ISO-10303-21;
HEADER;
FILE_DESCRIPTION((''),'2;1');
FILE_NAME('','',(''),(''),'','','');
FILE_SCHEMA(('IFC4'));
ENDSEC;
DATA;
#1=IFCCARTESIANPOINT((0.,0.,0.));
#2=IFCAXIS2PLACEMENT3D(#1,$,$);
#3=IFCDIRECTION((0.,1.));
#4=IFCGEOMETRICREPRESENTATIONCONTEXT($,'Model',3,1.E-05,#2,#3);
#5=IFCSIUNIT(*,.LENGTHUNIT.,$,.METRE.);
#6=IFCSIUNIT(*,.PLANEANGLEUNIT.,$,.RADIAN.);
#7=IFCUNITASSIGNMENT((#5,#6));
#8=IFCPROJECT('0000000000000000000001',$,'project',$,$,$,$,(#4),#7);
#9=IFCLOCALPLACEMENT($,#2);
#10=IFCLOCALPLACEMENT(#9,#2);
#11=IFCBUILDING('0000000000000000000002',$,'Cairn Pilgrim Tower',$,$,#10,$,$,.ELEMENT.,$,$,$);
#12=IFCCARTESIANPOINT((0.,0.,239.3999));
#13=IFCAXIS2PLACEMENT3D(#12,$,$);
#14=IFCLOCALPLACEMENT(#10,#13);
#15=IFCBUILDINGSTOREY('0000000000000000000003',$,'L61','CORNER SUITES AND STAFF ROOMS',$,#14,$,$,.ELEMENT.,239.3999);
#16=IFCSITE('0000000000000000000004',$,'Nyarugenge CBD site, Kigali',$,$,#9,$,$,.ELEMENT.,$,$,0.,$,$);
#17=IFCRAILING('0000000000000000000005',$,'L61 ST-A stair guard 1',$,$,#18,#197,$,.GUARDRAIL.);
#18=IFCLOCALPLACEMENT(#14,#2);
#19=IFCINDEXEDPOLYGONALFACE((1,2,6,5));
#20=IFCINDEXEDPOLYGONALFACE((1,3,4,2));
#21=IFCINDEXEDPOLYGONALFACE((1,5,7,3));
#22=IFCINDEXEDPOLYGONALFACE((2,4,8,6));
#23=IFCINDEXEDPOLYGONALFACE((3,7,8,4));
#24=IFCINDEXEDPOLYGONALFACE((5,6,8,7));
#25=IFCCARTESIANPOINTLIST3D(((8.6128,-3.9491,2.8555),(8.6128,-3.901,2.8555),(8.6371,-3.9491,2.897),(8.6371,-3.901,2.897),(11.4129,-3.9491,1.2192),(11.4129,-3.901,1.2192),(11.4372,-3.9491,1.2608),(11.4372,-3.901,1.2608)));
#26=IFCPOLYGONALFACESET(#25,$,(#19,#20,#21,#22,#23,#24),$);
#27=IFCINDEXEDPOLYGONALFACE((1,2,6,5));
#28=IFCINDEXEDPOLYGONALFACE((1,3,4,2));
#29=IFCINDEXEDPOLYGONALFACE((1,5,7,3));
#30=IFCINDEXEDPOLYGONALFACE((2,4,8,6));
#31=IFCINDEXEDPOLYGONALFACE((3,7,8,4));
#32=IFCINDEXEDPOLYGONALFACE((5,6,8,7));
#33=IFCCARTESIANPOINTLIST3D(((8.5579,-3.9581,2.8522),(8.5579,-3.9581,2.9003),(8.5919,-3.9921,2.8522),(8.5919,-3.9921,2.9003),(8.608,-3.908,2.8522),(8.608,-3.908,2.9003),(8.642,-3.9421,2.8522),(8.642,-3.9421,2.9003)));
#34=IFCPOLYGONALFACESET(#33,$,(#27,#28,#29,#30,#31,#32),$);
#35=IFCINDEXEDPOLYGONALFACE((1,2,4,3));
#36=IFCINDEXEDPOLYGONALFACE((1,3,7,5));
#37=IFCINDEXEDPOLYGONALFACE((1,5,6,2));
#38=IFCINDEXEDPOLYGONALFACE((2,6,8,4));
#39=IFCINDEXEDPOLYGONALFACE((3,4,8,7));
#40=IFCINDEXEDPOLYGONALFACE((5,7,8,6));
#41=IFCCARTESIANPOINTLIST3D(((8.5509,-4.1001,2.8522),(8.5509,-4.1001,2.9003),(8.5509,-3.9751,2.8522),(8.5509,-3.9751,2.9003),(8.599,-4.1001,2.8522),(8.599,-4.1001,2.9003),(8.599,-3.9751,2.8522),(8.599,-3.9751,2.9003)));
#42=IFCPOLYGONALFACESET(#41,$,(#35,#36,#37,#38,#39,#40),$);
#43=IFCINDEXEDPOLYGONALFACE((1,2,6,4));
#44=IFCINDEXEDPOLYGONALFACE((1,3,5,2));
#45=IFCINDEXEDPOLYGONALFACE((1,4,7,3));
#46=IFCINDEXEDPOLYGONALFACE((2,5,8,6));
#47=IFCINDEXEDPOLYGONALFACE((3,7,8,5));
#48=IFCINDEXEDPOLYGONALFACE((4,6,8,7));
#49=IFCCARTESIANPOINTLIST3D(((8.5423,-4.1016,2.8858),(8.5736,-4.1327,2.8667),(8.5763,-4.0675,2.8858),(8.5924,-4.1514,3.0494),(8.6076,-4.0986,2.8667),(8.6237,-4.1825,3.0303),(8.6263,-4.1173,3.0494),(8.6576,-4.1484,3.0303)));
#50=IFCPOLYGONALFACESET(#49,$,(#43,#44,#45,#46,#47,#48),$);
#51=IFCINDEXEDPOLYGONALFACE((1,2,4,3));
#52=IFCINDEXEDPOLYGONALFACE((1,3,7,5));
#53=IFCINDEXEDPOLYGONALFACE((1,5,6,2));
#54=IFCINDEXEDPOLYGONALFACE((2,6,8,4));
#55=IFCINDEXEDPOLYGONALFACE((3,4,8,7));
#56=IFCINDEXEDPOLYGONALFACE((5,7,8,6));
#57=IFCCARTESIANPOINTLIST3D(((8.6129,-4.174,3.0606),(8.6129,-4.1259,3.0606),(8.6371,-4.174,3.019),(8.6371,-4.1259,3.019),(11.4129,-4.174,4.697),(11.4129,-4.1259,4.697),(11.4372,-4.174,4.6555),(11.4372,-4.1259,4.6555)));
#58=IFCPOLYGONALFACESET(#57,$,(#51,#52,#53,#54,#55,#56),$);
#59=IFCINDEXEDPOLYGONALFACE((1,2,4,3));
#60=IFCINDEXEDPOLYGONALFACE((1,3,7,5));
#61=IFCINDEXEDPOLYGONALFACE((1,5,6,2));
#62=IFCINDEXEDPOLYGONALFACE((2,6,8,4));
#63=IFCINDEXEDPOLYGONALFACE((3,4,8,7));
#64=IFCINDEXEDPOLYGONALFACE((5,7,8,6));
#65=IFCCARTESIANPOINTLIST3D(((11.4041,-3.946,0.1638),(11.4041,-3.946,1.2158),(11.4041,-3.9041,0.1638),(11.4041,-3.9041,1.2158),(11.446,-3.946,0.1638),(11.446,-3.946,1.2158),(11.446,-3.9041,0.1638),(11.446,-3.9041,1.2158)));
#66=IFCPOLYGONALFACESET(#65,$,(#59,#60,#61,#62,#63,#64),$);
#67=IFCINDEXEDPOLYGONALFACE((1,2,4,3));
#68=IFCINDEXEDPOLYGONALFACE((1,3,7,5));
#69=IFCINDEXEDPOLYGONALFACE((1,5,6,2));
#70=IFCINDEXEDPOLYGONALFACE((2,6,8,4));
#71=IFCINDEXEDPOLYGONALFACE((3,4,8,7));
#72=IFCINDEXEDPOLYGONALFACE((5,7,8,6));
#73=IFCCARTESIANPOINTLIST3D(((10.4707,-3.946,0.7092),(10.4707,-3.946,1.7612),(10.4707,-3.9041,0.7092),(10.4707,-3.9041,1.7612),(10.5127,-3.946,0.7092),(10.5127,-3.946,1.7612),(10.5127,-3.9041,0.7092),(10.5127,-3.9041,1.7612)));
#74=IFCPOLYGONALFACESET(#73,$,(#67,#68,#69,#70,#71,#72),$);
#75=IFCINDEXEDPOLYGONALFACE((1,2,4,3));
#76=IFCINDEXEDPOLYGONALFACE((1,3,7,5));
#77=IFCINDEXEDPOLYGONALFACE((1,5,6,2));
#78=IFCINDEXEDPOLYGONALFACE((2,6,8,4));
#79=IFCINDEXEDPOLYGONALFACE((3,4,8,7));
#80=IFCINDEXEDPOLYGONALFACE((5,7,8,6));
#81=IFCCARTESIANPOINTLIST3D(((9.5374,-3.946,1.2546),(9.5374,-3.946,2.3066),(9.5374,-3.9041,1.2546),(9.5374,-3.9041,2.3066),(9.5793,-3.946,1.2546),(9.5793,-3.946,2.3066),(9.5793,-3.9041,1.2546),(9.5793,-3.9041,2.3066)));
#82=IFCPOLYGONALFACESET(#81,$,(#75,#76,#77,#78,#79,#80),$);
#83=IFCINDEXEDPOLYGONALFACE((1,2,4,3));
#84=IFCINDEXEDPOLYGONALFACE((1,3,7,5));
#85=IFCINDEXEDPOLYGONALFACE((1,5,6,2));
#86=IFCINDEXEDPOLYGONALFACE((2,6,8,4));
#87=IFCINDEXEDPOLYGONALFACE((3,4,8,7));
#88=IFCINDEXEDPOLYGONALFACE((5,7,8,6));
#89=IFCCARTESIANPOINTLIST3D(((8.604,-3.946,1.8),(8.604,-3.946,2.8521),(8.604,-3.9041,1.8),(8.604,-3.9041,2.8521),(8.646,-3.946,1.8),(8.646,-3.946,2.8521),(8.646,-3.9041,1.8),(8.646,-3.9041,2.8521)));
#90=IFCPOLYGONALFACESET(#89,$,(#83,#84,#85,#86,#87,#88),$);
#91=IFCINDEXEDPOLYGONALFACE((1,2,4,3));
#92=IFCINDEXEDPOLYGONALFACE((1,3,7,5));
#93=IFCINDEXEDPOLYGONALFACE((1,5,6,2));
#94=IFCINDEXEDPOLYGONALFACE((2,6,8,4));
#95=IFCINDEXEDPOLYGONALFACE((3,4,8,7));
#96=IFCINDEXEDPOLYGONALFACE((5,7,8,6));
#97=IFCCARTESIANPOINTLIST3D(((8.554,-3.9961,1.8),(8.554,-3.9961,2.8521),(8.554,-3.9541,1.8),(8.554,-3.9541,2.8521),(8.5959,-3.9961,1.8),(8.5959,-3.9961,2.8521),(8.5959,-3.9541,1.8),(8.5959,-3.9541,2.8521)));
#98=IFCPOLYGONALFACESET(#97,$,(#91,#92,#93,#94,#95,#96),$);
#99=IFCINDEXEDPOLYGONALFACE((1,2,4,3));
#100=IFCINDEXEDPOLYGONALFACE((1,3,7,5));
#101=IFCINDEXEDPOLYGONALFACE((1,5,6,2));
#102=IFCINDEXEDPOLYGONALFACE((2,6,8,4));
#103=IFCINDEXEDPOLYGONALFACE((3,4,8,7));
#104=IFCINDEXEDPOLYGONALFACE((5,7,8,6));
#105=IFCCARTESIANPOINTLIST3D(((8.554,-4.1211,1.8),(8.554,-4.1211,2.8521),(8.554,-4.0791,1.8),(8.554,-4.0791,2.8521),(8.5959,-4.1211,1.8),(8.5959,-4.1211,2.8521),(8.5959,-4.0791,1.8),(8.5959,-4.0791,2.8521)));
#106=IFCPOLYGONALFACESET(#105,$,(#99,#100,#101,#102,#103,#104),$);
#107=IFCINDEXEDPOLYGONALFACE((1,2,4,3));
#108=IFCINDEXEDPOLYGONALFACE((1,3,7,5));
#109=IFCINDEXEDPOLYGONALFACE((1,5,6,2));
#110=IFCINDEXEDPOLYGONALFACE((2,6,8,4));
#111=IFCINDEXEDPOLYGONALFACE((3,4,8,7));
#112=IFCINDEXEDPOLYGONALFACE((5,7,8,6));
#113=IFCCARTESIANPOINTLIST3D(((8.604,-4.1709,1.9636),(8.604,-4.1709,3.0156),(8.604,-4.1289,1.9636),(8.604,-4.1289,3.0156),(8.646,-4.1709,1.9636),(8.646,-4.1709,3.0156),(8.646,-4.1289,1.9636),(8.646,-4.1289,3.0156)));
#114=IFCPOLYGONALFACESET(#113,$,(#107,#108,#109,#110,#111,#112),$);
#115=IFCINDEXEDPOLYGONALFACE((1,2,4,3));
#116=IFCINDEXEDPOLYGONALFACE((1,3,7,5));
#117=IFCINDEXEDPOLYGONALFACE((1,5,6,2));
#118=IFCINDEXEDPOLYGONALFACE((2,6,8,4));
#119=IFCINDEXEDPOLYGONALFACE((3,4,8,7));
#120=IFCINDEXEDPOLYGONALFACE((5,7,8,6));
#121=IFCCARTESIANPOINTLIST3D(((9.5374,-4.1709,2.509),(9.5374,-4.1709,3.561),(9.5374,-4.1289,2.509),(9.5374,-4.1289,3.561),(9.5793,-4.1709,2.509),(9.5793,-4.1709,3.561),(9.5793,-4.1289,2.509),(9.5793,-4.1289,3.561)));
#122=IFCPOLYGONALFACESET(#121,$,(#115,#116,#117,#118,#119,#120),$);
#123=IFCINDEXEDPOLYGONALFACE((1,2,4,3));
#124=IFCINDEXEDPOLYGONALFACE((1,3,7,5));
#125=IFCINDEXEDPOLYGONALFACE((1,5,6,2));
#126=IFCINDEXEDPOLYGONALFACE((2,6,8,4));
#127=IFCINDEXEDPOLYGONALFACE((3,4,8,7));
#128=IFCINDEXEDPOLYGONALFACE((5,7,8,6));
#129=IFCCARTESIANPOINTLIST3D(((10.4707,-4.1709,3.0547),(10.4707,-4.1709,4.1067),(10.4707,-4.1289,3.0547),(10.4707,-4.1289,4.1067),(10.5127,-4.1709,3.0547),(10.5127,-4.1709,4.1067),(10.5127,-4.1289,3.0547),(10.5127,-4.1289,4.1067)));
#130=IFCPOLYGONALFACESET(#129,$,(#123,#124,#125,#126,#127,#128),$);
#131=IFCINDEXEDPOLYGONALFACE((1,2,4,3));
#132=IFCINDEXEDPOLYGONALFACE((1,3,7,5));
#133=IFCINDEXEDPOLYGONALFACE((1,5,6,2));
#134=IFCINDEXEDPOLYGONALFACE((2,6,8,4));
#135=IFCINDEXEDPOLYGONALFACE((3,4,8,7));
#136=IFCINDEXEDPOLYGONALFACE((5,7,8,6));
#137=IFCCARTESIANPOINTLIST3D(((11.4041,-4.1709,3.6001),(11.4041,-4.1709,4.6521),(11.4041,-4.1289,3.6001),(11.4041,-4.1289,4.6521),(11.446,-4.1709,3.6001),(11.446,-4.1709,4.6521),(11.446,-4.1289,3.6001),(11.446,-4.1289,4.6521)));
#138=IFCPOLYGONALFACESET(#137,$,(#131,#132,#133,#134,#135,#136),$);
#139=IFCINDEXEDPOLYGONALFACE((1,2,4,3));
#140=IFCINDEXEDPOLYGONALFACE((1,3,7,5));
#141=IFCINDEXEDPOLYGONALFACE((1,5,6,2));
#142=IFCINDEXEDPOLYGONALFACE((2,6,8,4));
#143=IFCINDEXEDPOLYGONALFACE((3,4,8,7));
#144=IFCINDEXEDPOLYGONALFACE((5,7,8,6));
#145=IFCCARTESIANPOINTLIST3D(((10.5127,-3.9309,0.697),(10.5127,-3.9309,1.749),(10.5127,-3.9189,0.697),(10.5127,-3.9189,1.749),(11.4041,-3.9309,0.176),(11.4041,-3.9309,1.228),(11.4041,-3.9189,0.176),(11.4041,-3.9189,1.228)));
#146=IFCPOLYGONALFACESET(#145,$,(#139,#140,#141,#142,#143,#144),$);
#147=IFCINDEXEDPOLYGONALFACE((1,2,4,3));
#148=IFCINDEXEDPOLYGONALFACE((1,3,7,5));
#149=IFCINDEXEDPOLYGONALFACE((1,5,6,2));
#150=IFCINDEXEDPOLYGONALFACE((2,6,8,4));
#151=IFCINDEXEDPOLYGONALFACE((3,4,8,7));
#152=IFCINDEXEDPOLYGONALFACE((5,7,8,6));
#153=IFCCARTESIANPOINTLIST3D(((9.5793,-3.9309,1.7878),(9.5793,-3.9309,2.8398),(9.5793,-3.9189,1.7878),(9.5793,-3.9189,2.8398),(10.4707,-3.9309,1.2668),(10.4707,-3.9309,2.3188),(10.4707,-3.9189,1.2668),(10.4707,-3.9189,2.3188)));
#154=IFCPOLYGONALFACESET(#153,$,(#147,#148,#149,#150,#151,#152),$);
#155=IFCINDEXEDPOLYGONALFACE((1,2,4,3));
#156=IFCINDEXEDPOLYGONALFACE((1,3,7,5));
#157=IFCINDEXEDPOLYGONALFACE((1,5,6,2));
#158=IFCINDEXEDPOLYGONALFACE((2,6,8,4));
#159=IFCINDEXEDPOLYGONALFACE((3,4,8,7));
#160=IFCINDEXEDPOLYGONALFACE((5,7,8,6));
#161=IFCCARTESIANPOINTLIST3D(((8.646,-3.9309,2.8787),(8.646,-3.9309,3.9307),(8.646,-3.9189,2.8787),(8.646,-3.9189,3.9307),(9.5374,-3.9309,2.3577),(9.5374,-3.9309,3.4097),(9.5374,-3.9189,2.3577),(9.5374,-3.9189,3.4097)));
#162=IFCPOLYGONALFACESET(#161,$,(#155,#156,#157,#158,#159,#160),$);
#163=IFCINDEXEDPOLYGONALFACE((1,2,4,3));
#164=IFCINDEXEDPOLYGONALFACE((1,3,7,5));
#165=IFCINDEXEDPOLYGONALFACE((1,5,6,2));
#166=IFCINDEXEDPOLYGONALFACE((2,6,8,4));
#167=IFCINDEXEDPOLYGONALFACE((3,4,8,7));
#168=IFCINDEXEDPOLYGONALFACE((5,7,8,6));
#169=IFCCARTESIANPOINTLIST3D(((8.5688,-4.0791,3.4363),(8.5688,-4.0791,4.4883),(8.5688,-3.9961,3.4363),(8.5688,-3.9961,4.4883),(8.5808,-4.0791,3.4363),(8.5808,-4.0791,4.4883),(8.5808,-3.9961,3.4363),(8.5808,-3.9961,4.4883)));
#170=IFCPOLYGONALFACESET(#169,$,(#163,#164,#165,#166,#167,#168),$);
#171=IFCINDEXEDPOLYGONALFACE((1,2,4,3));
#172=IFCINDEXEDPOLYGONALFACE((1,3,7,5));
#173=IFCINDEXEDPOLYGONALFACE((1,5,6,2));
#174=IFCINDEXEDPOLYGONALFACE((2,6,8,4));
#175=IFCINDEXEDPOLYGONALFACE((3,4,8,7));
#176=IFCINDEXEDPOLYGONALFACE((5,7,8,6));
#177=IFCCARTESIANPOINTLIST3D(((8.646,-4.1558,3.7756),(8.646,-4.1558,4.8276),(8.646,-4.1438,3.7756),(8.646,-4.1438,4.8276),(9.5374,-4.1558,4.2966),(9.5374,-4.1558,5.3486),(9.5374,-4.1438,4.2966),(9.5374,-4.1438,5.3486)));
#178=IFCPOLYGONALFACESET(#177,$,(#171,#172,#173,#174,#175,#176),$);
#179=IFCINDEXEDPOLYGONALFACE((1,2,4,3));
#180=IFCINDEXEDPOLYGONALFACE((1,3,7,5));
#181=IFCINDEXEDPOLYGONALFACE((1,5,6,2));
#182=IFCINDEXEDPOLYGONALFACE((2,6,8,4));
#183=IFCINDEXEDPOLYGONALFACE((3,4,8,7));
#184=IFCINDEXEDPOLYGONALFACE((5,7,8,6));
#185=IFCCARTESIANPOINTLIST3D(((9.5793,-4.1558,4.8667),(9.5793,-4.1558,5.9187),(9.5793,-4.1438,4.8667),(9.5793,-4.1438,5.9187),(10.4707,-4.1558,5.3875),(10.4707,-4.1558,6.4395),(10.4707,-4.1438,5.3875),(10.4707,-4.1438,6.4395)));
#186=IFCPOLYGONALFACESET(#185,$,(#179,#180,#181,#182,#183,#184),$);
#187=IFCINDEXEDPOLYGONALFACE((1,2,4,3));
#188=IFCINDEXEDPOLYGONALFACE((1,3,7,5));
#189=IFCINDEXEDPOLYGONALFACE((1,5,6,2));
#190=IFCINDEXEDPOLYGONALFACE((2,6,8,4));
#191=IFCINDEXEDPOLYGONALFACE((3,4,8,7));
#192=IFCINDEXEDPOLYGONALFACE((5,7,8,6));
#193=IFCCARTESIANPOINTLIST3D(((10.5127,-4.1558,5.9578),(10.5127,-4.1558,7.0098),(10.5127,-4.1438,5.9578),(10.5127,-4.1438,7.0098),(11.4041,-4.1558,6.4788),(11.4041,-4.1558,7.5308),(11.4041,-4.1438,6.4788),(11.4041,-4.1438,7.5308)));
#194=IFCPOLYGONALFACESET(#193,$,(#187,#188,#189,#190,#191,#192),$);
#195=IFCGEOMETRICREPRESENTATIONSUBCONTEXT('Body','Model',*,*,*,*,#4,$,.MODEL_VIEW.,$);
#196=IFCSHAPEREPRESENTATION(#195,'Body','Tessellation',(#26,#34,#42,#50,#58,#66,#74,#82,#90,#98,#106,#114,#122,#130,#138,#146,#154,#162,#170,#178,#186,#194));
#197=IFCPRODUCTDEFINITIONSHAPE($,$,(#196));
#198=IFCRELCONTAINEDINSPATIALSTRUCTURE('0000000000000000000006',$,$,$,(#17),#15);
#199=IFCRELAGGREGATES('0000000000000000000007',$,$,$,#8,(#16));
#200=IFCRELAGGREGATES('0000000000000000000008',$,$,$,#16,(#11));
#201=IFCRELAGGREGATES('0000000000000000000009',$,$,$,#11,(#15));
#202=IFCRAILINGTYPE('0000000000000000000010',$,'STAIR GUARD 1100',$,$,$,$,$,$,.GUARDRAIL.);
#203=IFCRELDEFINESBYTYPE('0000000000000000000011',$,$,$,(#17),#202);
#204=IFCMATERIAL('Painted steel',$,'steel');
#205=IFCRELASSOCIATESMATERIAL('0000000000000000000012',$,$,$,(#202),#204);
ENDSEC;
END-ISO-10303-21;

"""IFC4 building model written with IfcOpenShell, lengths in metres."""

from ifc_helpers import new_model, si_unit, direction, frame, origin, origin_2d, place, context, subcontext, project, spatial, polyline, rectangle, outline, extrude, material, type_object, element, save


model = new_model("IFC4")

# Units and contexts
model_context = context("Model", 3, precision=1e-05, world=origin(), true_north=direction((0.0, 1.0)))
body_context = subcontext(model_context, "Body", "Model", "MODEL_VIEW")
ifc_project = project(units=[si_unit("LENGTHUNIT", "METRE"), si_unit("PLANEANGLEUNIT", "RADIAN")], contexts=[model_context])

# Site, building, storey
site_placement = place(None, origin())
site = spatial("IfcSite", under=ifc_project, at=site_placement, Name="Nyarugenge CBD site, Kigali", CompositionType="ELEMENT", RefElevation=0.0)
building_placement = place(site_placement, origin())
building = spatial("IfcBuilding", under=site, at=building_placement, Name="Cairn Pilgrim Tower", CompositionType="ELEMENT")
storey_placement = place(building_placement, frame((0.0, 0.0, 239.3999)))
storey = spatial("IfcBuildingStorey", under=building, at=storey_placement, Name="L61", Description="CORNER SUITES AND STAFF ROOMS", CompositionType="ELEMENT", Elevation=239.3999)

# Shared definitions
ifc_material_1 = material(Name="Painted steel", Category="steel")

# Railing
railing_type_1 = type_object("IfcRailingType", Name="STAIR GUARD 1100", PredefinedType="GUARDRAIL", material=ifc_material_1)
railing_1_placement = place(storey_placement, frame((11.425, -3.925, 0.1638)))
element("IfcRailing", 1, at=railing_1_placement, inside=storey, type_object=railing_type_1, Name="L61 ST-A stair guard 1", PredefinedType="GUARDRAIL", context=body_context, shape_type="SweptSolid", body=[
    extrude(rectangle(XDim=0.0481, YDim=0.0481, at=origin_2d()), frame((0.0, 0.0, 1.0762), z_axis=(-0.863394, 0.0, 0.504531), x_axis=(0.0, -1.0, 0.0)), (0.0, 0.0, 1.0), 3.2432),
    extrude(rectangle(XDim=0.0481, YDim=0.0481, at=origin_2d()), frame((-2.8, 0.0, 2.7124), z_axis=(-0.707107, -0.707107, 0.0), x_axis=(0.707107, -0.707107, 0.0)), (0.0, 0.0, 1.0), 0.0708),
    extrude(rectangle(XDim=0.0481, YDim=0.0481, at=origin_2d()), frame((-2.8501, -0.05, 2.7124), z_axis=(0.0, -1.0, 0.0), x_axis=(1.0, 0.0, 0.0)), (0.0, 0.0, 1.0), 0.125),
    extrude(rectangle(XDim=0.0481, YDim=0.0481, at=origin_2d()), frame((-2.8501, -0.175, 2.7124), z_axis=(0.280917, -0.279546, 0.918118), x_axis=(0.705376, 0.708834, 0.0)), (0.0, 0.0, 1.0), 0.1782),
    extrude(rectangle(XDim=0.0481, YDim=0.0481, at=origin_2d()), frame((-2.8, -0.2249, 2.876), z_axis=(0.863361, 0.0, 0.504587), x_axis=(0.0, 1.0, 0.0)), (0.0, 0.0, 1.0), 3.2432),
    extrude(rectangle(XDim=0.042, YDim=0.042, at=origin_2d()), origin(), (0.0, 0.0, 1.0), 1.052),
    extrude(rectangle(XDim=0.042, YDim=0.042, at=origin_2d()), frame((-0.9333, 0.0, 0.5454)), (0.0, 0.0, 1.0), 1.052),
    extrude(rectangle(XDim=0.042, YDim=0.042, at=origin_2d()), frame((-1.8667, 0.0, 1.0908)), (0.0, 0.0, 1.0), 1.052),
    extrude(rectangle(XDim=0.042, YDim=0.042, at=origin_2d()), frame((-2.8, 0.0, 1.6362)), (0.0, 0.0, 1.0), 1.052),
    extrude(rectangle(XDim=0.042, YDim=0.042, at=origin_2d()), frame((-2.8501, -0.05, 1.6362)), (0.0, 0.0, 1.0), 1.052),
    extrude(rectangle(XDim=0.042, YDim=0.042, at=origin_2d()), frame((-2.8501, -0.175, 1.6362)), (0.0, 0.0, 1.0), 1.052),
    extrude(rectangle(XDim=0.042, YDim=0.042, at=origin_2d()), frame((-2.8, -0.2249, 1.7998)), (0.0, 0.0, 1.0), 1.052),
    extrude(rectangle(XDim=0.042, YDim=0.042, at=origin_2d()), frame((-1.8667, -0.2249, 2.3452)), (0.0, 0.0, 1.0), 1.052),
    extrude(rectangle(XDim=0.042, YDim=0.042, at=origin_2d()), frame((-0.9333, -0.2249, 2.8909)), (0.0, 0.0, 1.0), 1.052),
    extrude(rectangle(XDim=0.042, YDim=0.042, at=origin_2d()), frame((0.0, -0.2249, 3.4363)), (0.0, 0.0, 1.0), 1.052),
    extrude(outline(polyline([(0.021, 0.0122), (0.9124, 0.5332), (0.9124, 1.5852), (0.021, 1.0642), (0.021, 0.0122)])), frame((0.0, -0.0059, 0.0), z_axis=(0.0, 1.0, 0.0), x_axis=(-1.0, 0.0, 0.0)), (0.0, 0.0, 1.0), 0.012),
    extrude(outline(polyline([(0.021, 0.5576), (0.9124, 1.0786), (0.9124, 2.1306), (0.021, 1.6096), (0.021, 0.5576)])), frame((-0.9333, -0.0059, 0.5454), z_axis=(0.0, 1.0, 0.0), x_axis=(-1.0, 0.0, 0.0)), (0.0, 0.0, 1.0), 0.012),
    extrude(outline(polyline([(0.021, 1.103), (0.9124, 1.624), (0.9124, 2.676), (0.021, 2.155), (0.021, 1.103)])), frame((-1.8667, -0.0059, 1.0908), z_axis=(0.0, 1.0, 0.0), x_axis=(-1.0, 0.0, 0.0)), (0.0, 0.0, 1.0), 0.012),
    extrude(outline(polyline([(0.021, 1.6362), (0.104, 1.6362), (0.104, 2.6882), (0.021, 2.6882), (0.021, 1.6362)])), frame((-2.8442, -0.05, 1.6362), z_axis=(-1.0, 0.0, 0.0), x_axis=(0.0, -1.0, 0.0)), (0.0, 0.0, 1.0), 0.012),
    extrude(outline(polyline([(0.021, 1.812), (0.9124, 2.333), (0.9124, 3.385), (0.021, 2.864), (0.021, 1.812)])), frame((-2.8, -0.2188, 1.7998), z_axis=(0.0, -1.0, 0.0), x_axis=(1.0, 0.0, 0.0)), (0.0, 0.0, 1.0), 0.012),
    extrude(outline(polyline([(0.021, 2.3577), (0.9124, 2.8784), (0.9124, 3.9304), (0.021, 3.4097), (0.021, 2.3577)])), frame((-1.8667, -0.2188, 2.3452), z_axis=(0.0, -1.0, 0.0), x_axis=(1.0, 0.0, 0.0)), (0.0, 0.0, 1.0), 0.012),
    extrude(outline(polyline([(0.021, 2.9031), (0.9124, 3.4241), (0.9124, 4.4761), (0.021, 3.9551), (0.021, 2.9031)])), frame((-0.9333, -0.2188, 2.8909), z_axis=(0.0, -1.0, 0.0), x_axis=(1.0, 0.0, 0.0)), (0.0, 0.0, 1.0), 0.012),
])

save(model, "model.ifc")
